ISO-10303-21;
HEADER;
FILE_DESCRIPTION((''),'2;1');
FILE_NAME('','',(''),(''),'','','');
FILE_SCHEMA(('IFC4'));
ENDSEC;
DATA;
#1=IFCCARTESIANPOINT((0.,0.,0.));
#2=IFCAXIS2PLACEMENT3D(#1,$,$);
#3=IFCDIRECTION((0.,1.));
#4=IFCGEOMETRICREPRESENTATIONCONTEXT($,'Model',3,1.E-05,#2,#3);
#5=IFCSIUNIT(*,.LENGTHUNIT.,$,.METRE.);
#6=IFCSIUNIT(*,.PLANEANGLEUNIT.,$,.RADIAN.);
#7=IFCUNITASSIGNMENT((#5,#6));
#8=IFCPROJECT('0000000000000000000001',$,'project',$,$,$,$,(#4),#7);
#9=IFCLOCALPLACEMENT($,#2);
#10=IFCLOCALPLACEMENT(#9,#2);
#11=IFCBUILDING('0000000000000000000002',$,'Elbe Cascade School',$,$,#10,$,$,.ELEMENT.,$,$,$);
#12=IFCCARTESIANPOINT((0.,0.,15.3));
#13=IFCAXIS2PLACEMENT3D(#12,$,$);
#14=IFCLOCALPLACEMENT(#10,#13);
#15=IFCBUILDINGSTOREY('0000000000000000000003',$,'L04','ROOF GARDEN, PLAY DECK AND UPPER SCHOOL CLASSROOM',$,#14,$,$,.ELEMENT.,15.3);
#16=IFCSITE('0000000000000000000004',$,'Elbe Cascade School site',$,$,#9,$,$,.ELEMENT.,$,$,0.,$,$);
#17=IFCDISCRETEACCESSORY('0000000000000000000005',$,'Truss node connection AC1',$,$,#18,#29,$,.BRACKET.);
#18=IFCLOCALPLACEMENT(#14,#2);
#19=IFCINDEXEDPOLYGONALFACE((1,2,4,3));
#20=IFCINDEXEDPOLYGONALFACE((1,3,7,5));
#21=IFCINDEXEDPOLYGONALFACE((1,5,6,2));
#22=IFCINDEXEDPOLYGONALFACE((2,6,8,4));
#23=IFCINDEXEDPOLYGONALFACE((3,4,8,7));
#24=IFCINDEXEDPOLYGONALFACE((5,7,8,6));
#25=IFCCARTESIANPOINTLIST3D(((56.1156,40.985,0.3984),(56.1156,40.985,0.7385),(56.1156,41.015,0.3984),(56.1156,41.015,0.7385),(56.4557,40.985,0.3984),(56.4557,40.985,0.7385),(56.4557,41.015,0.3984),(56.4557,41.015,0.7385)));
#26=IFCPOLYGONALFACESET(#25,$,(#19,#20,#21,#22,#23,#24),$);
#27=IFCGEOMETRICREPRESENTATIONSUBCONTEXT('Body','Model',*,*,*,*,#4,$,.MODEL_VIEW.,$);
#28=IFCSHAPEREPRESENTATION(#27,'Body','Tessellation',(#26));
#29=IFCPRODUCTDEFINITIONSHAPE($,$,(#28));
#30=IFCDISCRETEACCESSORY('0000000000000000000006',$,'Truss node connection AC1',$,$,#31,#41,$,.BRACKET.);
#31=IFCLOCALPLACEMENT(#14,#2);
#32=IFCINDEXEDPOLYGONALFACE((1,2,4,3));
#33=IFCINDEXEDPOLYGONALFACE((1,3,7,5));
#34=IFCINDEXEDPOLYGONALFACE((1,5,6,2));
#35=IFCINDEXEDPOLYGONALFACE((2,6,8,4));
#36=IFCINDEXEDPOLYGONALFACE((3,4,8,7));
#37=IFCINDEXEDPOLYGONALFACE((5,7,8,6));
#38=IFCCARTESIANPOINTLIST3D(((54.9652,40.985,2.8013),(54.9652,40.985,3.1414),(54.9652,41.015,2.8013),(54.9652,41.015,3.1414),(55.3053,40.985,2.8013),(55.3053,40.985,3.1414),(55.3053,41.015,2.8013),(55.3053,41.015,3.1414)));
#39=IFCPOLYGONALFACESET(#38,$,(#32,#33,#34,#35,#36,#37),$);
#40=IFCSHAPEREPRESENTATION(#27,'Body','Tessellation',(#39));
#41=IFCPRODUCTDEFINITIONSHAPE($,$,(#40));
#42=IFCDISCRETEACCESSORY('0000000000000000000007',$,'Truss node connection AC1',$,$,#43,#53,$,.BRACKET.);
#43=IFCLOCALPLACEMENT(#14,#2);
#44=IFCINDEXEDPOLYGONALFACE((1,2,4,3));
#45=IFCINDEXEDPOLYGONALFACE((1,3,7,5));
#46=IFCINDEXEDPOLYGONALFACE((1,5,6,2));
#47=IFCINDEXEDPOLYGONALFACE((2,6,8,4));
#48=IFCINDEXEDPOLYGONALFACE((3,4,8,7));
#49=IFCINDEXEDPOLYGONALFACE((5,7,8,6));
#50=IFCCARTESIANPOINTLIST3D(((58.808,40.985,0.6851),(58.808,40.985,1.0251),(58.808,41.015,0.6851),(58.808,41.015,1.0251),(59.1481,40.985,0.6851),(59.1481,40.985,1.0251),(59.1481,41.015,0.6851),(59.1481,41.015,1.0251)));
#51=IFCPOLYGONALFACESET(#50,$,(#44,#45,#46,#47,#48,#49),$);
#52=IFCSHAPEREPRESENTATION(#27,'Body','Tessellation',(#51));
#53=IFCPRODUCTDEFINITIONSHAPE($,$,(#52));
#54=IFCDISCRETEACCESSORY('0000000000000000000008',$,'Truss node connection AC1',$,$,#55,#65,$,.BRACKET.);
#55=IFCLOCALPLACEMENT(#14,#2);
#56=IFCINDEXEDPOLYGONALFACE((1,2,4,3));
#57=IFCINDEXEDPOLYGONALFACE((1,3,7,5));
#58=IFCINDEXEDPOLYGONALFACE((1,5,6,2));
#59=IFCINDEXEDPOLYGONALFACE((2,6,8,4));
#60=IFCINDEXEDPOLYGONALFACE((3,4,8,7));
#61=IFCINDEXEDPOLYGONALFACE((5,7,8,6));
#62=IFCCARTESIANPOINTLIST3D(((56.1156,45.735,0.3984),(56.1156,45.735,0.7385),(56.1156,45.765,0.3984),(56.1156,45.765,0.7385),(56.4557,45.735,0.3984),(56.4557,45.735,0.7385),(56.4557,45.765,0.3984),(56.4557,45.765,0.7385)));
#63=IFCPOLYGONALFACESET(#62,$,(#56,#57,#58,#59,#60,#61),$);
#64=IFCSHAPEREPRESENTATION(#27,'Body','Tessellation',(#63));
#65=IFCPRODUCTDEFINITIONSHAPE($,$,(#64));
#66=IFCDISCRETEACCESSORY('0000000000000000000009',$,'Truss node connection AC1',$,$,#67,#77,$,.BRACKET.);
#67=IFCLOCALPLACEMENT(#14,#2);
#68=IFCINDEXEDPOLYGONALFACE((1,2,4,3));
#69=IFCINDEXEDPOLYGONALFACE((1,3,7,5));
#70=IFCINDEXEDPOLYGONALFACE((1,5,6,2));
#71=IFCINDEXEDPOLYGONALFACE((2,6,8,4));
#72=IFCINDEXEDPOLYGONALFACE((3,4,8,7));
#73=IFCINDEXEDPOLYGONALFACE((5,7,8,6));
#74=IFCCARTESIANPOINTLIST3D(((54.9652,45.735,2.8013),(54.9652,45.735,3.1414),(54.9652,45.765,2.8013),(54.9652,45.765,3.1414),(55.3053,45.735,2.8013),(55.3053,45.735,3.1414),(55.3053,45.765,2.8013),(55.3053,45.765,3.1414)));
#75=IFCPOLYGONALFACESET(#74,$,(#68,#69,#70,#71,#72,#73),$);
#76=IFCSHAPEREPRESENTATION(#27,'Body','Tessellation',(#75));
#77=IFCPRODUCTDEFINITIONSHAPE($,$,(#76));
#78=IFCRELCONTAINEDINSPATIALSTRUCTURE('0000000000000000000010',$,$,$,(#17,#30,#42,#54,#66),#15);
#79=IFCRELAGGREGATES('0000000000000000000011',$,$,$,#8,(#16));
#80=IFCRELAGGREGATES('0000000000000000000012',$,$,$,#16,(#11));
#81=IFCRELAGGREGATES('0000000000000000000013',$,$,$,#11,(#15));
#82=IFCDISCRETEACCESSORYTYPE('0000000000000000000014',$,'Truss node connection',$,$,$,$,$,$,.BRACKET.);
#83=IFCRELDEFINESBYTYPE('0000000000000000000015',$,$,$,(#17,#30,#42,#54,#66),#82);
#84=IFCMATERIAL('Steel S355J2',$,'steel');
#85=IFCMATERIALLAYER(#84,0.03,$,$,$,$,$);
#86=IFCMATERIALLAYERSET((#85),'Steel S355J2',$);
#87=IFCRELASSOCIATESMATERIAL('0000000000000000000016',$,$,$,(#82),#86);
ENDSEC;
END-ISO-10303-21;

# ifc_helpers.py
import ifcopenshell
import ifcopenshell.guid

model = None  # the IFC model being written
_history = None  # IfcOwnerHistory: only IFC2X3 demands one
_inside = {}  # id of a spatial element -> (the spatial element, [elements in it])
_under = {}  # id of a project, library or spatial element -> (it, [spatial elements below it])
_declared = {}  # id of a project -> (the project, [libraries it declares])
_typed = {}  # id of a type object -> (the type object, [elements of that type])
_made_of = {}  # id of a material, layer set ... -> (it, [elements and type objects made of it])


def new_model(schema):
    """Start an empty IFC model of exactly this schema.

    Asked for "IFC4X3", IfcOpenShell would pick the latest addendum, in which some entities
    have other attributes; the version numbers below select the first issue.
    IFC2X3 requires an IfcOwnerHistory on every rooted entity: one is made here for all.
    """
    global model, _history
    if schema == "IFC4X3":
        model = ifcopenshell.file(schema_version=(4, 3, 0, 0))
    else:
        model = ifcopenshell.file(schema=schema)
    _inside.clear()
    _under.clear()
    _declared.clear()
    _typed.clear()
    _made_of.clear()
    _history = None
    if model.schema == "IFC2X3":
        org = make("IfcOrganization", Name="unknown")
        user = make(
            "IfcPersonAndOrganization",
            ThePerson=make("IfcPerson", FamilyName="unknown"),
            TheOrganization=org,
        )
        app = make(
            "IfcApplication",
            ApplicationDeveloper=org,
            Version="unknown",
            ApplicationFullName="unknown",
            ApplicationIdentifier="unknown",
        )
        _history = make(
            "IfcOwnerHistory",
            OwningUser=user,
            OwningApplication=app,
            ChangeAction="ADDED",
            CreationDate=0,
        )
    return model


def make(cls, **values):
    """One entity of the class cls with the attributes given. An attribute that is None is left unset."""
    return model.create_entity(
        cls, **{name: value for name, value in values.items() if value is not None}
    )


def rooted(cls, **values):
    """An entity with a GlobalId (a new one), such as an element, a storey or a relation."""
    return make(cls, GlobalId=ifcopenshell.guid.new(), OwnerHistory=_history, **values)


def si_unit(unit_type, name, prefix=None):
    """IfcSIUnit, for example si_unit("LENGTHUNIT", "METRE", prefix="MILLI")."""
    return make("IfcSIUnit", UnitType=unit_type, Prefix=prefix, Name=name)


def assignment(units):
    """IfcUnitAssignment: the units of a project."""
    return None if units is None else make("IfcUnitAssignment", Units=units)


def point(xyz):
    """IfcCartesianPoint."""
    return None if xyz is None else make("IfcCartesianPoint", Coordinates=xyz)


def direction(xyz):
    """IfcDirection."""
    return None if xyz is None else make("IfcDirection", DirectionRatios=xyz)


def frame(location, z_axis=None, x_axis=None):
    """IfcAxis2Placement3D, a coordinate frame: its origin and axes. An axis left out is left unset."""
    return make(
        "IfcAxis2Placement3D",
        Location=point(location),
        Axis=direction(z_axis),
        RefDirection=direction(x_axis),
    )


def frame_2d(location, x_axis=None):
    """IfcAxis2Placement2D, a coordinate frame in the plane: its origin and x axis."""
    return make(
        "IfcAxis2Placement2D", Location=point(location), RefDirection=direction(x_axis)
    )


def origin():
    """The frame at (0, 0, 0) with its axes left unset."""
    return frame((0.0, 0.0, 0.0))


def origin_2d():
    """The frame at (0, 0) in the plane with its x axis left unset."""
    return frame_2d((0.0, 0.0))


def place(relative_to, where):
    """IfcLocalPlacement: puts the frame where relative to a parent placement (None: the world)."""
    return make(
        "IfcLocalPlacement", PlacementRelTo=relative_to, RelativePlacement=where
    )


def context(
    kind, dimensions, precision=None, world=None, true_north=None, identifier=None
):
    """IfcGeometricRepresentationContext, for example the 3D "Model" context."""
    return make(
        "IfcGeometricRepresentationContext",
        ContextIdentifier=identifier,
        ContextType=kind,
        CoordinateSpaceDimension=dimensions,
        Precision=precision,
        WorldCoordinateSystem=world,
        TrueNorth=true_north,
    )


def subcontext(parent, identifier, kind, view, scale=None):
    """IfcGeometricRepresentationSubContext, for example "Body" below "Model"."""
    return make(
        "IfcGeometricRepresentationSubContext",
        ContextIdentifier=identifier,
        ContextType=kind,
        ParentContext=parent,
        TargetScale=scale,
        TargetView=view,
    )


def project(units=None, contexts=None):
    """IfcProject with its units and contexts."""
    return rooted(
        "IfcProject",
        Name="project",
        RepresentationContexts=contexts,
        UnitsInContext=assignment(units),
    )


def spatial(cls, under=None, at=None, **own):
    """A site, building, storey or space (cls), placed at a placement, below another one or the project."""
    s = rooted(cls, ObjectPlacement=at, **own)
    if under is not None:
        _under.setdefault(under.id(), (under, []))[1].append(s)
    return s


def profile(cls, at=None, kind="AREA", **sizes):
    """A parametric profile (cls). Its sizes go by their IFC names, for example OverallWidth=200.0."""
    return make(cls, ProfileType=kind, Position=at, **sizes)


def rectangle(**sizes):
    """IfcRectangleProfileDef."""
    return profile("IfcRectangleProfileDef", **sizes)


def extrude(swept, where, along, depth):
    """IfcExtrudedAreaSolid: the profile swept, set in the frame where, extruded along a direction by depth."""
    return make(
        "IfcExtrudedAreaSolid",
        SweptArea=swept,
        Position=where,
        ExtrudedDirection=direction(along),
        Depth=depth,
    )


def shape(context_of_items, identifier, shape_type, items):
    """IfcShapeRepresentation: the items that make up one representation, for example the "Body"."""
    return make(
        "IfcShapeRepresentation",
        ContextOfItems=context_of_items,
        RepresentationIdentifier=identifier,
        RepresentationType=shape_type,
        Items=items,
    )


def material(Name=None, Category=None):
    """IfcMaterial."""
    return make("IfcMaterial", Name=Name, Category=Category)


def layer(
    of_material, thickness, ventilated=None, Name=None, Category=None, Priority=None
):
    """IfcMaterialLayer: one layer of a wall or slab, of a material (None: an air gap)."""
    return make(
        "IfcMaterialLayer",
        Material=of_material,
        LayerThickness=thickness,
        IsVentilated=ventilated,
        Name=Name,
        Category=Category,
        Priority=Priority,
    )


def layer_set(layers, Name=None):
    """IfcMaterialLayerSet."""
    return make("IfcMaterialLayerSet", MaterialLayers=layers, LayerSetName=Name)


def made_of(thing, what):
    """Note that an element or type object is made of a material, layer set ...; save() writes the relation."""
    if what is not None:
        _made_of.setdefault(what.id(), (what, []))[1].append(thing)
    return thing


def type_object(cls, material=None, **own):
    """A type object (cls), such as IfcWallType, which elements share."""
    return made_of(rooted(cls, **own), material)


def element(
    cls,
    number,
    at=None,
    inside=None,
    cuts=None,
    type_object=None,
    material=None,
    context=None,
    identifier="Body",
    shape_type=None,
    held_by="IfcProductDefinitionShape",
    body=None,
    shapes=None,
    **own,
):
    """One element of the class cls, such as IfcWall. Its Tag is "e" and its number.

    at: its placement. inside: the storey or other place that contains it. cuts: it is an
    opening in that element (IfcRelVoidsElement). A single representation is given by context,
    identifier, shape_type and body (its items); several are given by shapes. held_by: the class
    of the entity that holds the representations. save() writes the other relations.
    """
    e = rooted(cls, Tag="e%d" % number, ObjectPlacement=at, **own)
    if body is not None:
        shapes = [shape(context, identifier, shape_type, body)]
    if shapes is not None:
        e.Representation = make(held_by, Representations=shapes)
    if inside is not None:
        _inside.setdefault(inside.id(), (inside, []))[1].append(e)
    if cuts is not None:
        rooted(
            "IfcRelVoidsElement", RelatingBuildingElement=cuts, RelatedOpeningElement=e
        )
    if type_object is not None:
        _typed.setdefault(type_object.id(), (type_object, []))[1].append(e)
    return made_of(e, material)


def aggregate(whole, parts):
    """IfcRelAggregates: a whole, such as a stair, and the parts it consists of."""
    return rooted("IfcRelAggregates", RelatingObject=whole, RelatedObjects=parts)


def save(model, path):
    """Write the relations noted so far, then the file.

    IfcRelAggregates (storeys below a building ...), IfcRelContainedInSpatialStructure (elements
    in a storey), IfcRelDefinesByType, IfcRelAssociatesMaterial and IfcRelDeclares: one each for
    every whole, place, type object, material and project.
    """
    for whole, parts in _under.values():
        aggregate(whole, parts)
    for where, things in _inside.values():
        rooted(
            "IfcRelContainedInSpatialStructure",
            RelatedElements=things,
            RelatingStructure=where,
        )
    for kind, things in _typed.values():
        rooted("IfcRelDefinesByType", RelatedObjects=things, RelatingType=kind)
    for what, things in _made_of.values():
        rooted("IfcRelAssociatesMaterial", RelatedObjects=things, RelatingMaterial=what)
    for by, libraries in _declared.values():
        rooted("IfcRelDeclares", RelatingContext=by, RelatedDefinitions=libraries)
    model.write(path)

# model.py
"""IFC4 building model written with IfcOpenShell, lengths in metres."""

from ifc_helpers import new_model, si_unit, direction, frame, origin, origin_2d, place, context, subcontext, project, spatial, rectangle, extrude, material, layer, layer_set, type_object, element, save


model = new_model("IFC4")

# Units and contexts
model_context = context("Model", 3, precision=1e-05, world=origin(), true_north=direction((0.0, 1.0)))
body_context = subcontext(model_context, "Body", "Model", "MODEL_VIEW")
ifc_project = project(units=[si_unit("LENGTHUNIT", "METRE"), si_unit("PLANEANGLEUNIT", "RADIAN")], contexts=[model_context])

# Site, building, storey
site_placement = place(None, origin())
site = spatial("IfcSite", under=ifc_project, at=site_placement, Name="Elbe Cascade School site", CompositionType="ELEMENT", RefElevation=0.0)
building_placement = place(site_placement, origin())
building = spatial("IfcBuilding", under=site, at=building_placement, Name="Elbe Cascade School", CompositionType="ELEMENT")
storey_placement = place(building_placement, frame((0.0, 0.0, 15.3)))
storey = spatial("IfcBuildingStorey", under=building, at=storey_placement, Name="L04", Description="ROOF GARDEN, PLAY DECK AND UPPER SCHOOL CLASSROOM", CompositionType="ELEMENT", Elevation=15.3)

# Discrete accessories
ifc_material_1 = material(Name="Steel S355J2", Category="steel")
ifc_layer_1 = layer(ifc_material_1, 0.03)
ifc_layer_set_1 = layer_set([ifc_layer_1], Name="Steel S355J2")
discrete_accessory_type = type_object("IfcDiscreteAccessoryType", Name="Truss node connection", PredefinedType="BRACKET", material=ifc_layer_set_1)
for number, where, z_axis, x_axis, name in (
    (1, (56.2856, 41.0, 0.3984), (0.0, 0.0, 1.0), (1.0, 0.0, 0.0), "Truss node connection AC1"),
    (2, (55.1353, 41.0, 2.8013), (0.0, 0.0, 1.0), (1.0, 0.0, 0.0), "Truss node connection AC1"),
    (3, (58.978, 41.0, 0.6851), (0.0, 0.0, 1.0), (1.0, 0.0, 0.0), "Truss node connection AC1"),
    (4, (56.2856, 45.75, 0.3984), (0.0, 0.0, 1.0), (1.0, 0.0, 0.0), "Truss node connection AC1"),
    (5, (55.1353, 45.75, 2.8013), (0.0, 0.0, 1.0), (1.0, 0.0, 0.0), "Truss node connection AC1"),
):
    element("IfcDiscreteAccessory", number, at=place(storey_placement, frame(where, z_axis=z_axis, x_axis=x_axis)), inside=storey, type_object=discrete_accessory_type, Name=name, PredefinedType="BRACKET", context=body_context, shape_type="SweptSolid", body=[
        extrude(rectangle(XDim=0.3401, YDim=0.03, at=origin_2d()), origin(), (0.0, 0.0, 1.0), 0.3401),
    ])

save(model, "model.ifc")
